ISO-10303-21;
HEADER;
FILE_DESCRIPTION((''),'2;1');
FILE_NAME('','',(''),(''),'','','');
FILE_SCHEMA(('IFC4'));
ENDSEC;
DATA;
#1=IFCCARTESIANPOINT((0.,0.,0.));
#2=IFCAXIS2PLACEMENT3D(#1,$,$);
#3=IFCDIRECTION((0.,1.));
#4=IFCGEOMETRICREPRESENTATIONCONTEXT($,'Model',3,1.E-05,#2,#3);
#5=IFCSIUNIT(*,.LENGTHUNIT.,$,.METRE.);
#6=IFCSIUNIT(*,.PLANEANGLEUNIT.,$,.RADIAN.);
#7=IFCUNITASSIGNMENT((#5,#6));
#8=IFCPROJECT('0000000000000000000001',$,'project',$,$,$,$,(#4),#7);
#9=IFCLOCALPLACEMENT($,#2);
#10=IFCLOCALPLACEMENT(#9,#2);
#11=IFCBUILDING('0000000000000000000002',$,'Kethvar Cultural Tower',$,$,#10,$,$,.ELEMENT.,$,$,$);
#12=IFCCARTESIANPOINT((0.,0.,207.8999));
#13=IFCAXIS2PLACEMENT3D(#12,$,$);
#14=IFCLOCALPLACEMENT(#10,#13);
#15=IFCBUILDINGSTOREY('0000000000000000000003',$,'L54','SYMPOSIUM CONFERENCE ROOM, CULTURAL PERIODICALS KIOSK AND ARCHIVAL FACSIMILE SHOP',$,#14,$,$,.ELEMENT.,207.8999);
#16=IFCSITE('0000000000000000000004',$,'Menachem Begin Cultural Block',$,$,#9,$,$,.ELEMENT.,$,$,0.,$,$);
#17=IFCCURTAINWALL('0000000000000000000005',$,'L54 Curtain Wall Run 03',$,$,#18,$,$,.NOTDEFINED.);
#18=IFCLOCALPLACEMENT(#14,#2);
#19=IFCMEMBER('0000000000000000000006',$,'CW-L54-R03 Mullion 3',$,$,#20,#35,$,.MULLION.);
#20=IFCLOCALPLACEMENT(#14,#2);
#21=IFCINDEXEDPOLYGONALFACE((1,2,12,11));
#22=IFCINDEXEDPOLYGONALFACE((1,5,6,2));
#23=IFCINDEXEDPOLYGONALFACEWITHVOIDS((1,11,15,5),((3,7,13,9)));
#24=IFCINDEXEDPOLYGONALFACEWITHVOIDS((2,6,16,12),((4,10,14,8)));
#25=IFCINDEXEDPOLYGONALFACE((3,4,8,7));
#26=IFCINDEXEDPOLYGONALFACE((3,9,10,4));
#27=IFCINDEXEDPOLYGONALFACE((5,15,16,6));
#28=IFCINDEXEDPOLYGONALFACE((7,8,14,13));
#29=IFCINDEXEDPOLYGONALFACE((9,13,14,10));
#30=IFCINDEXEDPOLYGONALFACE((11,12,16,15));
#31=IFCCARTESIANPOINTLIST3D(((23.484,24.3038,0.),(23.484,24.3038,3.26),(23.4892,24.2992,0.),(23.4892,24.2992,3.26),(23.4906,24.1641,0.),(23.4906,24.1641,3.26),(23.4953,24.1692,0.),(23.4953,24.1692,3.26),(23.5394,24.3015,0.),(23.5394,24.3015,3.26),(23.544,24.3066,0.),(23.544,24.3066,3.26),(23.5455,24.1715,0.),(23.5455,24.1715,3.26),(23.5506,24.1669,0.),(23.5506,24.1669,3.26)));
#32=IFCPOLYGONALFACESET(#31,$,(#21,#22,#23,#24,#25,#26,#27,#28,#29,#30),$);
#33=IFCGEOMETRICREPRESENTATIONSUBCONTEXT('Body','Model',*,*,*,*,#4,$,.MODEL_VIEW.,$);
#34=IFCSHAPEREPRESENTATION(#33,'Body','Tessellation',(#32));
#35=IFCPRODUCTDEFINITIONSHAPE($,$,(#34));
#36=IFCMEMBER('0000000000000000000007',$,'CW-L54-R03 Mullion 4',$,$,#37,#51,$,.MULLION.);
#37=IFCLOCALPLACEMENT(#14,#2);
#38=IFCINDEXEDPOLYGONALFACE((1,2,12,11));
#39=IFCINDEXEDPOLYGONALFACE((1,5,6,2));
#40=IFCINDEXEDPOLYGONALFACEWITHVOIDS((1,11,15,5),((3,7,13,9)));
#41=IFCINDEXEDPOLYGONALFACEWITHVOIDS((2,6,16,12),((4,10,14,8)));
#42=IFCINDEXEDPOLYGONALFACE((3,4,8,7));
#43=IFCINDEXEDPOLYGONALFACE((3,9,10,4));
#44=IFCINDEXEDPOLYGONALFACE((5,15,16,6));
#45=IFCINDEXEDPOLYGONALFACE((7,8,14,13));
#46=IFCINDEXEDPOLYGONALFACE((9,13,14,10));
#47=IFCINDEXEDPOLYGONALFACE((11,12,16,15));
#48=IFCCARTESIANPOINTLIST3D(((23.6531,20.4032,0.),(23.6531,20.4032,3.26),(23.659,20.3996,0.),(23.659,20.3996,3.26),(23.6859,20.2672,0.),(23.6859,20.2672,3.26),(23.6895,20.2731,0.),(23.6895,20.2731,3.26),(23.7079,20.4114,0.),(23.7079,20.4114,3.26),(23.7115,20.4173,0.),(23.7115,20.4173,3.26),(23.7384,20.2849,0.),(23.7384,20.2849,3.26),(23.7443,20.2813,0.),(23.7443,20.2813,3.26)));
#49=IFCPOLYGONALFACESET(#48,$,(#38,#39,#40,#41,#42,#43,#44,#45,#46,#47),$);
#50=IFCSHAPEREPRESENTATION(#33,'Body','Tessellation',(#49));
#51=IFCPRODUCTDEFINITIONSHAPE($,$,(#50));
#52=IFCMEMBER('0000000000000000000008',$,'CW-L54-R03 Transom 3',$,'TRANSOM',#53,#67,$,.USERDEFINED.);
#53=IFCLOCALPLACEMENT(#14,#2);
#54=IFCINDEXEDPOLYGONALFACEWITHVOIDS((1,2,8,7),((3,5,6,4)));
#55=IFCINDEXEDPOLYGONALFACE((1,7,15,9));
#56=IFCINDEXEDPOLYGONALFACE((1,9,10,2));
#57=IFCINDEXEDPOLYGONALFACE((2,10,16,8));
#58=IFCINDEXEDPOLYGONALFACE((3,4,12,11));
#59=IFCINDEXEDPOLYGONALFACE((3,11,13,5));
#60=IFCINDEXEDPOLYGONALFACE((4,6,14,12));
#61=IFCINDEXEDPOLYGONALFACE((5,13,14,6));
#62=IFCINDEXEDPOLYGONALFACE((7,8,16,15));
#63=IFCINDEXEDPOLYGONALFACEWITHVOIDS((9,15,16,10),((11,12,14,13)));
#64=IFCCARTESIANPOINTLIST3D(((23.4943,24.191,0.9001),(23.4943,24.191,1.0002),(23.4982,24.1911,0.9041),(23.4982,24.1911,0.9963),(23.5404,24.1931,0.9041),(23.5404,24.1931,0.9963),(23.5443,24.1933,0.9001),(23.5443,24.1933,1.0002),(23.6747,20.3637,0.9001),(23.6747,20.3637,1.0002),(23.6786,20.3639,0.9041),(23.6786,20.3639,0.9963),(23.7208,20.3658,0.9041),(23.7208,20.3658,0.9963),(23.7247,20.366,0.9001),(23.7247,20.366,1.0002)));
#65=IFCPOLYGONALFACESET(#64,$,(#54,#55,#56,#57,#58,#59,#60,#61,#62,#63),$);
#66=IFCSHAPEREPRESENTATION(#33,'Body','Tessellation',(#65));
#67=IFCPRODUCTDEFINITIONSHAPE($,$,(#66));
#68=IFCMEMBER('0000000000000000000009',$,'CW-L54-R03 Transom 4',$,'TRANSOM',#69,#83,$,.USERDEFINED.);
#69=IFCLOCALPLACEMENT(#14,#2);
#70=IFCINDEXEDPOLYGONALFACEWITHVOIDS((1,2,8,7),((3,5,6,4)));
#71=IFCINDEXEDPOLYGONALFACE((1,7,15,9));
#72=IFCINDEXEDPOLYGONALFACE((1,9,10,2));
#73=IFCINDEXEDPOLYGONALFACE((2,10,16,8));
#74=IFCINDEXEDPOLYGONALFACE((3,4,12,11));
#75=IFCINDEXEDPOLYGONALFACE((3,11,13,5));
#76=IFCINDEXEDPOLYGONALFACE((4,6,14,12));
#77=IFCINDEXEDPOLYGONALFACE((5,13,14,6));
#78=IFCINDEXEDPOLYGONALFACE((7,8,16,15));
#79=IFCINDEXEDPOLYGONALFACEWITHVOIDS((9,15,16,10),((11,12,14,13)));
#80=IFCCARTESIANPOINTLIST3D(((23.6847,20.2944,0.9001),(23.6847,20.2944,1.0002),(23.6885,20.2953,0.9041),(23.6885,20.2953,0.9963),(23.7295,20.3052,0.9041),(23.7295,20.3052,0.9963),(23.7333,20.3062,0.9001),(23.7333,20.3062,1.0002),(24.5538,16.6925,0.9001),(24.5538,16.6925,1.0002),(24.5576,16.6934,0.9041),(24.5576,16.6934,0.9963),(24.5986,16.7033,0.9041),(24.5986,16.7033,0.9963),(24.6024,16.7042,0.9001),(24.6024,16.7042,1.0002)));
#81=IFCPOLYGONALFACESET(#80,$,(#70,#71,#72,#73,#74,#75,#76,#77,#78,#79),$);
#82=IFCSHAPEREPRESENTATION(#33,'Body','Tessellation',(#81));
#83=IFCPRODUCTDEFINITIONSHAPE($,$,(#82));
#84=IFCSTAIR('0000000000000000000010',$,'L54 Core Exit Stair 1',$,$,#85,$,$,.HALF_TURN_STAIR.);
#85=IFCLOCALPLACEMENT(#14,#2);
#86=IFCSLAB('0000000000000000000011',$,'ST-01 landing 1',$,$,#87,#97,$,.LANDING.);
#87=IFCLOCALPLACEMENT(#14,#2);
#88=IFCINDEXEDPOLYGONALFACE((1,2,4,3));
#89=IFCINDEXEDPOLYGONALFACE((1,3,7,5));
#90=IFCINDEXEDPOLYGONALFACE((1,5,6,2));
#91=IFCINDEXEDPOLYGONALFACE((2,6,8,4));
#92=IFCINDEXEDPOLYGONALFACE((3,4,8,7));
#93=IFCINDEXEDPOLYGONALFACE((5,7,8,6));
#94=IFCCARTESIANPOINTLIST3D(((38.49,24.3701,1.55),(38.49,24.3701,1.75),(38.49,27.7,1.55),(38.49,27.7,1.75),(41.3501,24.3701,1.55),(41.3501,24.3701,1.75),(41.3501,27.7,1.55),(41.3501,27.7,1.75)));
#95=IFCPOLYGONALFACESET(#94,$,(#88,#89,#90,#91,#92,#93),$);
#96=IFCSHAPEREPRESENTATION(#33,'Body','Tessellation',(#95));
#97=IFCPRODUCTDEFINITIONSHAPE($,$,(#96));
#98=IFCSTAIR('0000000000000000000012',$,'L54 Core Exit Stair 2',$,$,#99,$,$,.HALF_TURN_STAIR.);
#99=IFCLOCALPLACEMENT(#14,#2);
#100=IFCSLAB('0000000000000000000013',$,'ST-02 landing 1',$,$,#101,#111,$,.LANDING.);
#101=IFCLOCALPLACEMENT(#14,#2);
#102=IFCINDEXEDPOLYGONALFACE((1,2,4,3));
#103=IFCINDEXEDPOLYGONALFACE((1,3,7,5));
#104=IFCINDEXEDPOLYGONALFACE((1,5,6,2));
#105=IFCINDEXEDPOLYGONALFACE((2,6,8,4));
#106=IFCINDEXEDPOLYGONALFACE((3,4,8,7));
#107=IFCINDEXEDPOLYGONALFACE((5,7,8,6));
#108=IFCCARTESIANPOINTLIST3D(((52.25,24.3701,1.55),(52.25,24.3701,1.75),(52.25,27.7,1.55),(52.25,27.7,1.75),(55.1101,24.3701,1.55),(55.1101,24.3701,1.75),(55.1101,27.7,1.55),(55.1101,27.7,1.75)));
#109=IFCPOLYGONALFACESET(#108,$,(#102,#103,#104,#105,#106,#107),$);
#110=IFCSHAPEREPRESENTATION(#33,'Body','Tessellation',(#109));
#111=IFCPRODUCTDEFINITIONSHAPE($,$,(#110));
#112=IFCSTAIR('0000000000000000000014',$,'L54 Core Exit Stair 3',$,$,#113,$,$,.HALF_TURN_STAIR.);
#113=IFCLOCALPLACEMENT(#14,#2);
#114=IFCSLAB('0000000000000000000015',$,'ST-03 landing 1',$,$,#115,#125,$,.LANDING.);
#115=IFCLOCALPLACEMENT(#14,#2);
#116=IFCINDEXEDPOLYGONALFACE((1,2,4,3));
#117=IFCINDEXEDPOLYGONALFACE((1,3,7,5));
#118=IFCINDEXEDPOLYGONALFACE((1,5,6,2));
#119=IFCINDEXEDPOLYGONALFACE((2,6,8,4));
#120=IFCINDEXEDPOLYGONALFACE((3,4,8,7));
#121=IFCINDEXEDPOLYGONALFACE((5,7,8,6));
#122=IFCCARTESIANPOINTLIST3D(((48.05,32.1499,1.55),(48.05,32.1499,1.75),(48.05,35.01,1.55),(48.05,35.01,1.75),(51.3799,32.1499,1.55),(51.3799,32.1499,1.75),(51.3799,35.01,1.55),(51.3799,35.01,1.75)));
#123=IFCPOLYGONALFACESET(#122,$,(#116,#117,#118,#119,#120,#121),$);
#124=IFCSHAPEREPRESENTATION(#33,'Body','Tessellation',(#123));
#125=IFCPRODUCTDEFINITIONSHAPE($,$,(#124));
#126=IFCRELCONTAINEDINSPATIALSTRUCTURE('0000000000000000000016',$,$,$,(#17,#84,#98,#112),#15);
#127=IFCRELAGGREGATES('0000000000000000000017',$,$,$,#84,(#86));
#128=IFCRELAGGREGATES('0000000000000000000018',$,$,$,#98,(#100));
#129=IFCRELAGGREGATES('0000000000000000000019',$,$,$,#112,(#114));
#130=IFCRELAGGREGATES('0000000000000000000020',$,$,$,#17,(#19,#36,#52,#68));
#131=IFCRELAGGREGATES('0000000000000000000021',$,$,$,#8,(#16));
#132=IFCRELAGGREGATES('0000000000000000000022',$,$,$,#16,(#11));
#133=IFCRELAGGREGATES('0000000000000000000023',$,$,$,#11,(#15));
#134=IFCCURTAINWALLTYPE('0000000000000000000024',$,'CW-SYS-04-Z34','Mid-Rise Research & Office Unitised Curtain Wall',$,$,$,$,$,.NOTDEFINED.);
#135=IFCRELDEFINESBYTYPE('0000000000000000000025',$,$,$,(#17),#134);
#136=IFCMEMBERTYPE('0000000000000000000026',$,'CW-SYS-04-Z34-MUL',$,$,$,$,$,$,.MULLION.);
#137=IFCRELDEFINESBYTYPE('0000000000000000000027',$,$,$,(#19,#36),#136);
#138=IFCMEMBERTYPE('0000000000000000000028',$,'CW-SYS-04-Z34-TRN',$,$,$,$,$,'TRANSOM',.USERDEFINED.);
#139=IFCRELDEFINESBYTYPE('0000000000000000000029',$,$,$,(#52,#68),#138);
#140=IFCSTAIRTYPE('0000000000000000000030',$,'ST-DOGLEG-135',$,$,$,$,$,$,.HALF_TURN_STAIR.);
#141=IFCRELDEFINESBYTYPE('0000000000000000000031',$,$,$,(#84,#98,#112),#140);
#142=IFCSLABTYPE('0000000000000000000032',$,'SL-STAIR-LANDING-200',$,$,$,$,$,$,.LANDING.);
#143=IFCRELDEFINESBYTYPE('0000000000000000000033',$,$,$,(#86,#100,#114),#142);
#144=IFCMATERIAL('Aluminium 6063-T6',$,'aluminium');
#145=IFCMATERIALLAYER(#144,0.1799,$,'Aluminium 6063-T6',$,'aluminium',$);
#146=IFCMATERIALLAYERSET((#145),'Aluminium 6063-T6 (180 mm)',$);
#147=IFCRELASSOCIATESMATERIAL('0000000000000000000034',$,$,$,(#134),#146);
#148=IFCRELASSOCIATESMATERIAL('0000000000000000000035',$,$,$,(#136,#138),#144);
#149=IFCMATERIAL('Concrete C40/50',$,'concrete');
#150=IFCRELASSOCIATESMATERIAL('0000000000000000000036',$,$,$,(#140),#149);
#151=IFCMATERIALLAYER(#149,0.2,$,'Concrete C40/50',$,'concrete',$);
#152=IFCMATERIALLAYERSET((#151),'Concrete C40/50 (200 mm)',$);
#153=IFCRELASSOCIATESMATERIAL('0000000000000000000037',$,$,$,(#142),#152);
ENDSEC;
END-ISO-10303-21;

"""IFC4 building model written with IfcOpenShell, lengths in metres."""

from ifc_helpers import new_model, si_unit, direction, frame, origin, origin_2d, place, context, subcontext, project, spatial, polyline, hollow_rectangle, outline, extrude, source, transform, mapped, material, layer, layer_set, material_profile, profile_set, type_object, element, aggregate, save


model = new_model("IFC4")

# Units and contexts
model_context = context("Model", 3, precision=1e-05, world=origin(), true_north=direction((0.0, 1.0)))
body_context = subcontext(model_context, "Body", "Model", "MODEL_VIEW")
ifc_project = project(units=[si_unit("LENGTHUNIT", "METRE"), si_unit("PLANEANGLEUNIT", "RADIAN")], contexts=[model_context])

# Site, building, storey
site_placement = place(None, origin())
site = spatial("IfcSite", under=ifc_project, at=site_placement, Name="Menachem Begin Cultural Block", CompositionType="ELEMENT", RefElevation=0.0)
building_placement = place(site_placement, origin())
building = spatial("IfcBuilding", under=site, at=building_placement, Name="Kethvar Cultural Tower", CompositionType="ELEMENT")
storey_placement = place(building_placement, frame((0.0, 0.0, 207.8999)))
storey = spatial("IfcBuildingStorey", under=building, at=storey_placement, Name="L54", Description="SYMPOSIUM CONFERENCE ROOM, CULTURAL PERIODICALS KIOSK AND ARCHIVAL FACSIMILE SHOP", CompositionType="ELEMENT", Elevation=207.8999)

# Curtain wall, members
ifc_material_1 = material(Name="Aluminium 6063-T6", Category="aluminium")
ifc_layer_1 = layer(ifc_material_1, 0.1799, Name="Aluminium 6063-T6", Category="aluminium")
ifc_layer_set_1 = layer_set([ifc_layer_1], Name="Aluminium 6063-T6 (180 mm)")
curtain_wall_type = type_object("IfcCurtainWallType", Name="CW-SYS-04-Z34", Description="Mid-Rise Research & Office Unitised Curtain Wall", PredefinedType="NOTDEFINED", material=ifc_layer_set_1)
curtain_wall_placement = place(storey_placement, origin())
curtain_wall = element("IfcCurtainWall", 1, at=curtain_wall_placement, inside=storey, type_object=curtain_wall_type, Name="L54 Curtain Wall Run 03", PredefinedType="NOTDEFINED")
ifc_material_profile_1 = material_profile(ifc_material_1, hollow_rectangle(XDim=0.0601, YDim=0.1399, WallThickness=0.0049, at=origin_2d()), Name="Aluminium 6063-T6 — RHS140x60x5")
ifc_profile_set_1 = profile_set([ifc_material_profile_1], Name="Aluminium 6063-T6 — RHS140x60x5")
member_type_1 = type_object("IfcMemberType", Name="CW-SYS-04-Z34-MUL", PredefinedType="MULLION", material=ifc_profile_set_1)
shared_shape_1 = source(origin(), body_context, "Body", "SweptSolid", [
    extrude(hollow_rectangle(XDim=0.0601, YDim=0.1399, WallThickness=0.0049, at=origin_2d()), origin(), (0.0, 0.0, 1.0), 3.26),
])
member_1_placement = place(storey_placement, frame((23.5173, 24.2354, 0.0), z_axis=(0.0, 0.0, 1.0), x_axis=(0.998892, 0.047072, 0.0)))
member_1 = element("IfcMember", 2, at=member_1_placement, type_object=member_type_1, Name="CW-L54-R03 Mullion 3", PredefinedType="MULLION", context=body_context, shape_type="MappedRepresentation", body=[
    mapped(shared_shape_1, transform((0.0, 0.0, 0.0), scale=1.0)),
])
member_2_placement = place(storey_placement, frame((23.6987, 20.3423, 0.0), z_axis=(0.0, 0.0, 1.0), x_axis=(0.972096, 0.234582, 0.0)))
member_2 = element("IfcMember", 3, at=member_2_placement, type_object=member_type_1, Name="CW-L54-R03 Mullion 4", PredefinedType="MULLION", context=body_context, shape_type="MappedRepresentation", body=[
    mapped(shared_shape_1, transform((0.0, 0.0, 0.0), scale=1.0)),
])
ifc_material_profile_2 = material_profile(ifc_material_1, hollow_rectangle(XDim=0.05, YDim=0.1001, WallThickness=0.0039, at=origin_2d()), Name="Aluminium 6063-T6 — RHS100x50x4")
ifc_profile_set_2 = profile_set([ifc_material_profile_2], Name="Aluminium 6063-T6 — RHS100x50x4")
member_type_2 = type_object("IfcMemberType", Name="CW-SYS-04-Z34-TRN", ElementType="TRANSOM", PredefinedType="USERDEFINED", material=ifc_profile_set_2)
shared_shape_2 = source(origin(), body_context, "Body", "SweptSolid", [
    extrude(hollow_rectangle(XDim=0.05, YDim=0.1001, WallThickness=0.0039, at=origin_2d()), origin(), (0.0, 0.0, 1.0), 3.8315),
])
member_3_placement = place(storey_placement, frame((23.5193, 24.1921, 0.9502), z_axis=(0.047087, -0.998891, 0.0), x_axis=(0.998891, 0.047087, 0.0)))
member_3 = element("IfcMember", 4, at=member_3_placement, type_object=member_type_2, Name="CW-L54-R03 Transom 3", ObjectType="TRANSOM", PredefinedType="USERDEFINED", context=body_context, shape_type="MappedRepresentation", body=[
    mapped(shared_shape_2, transform((0.0, 0.0, 0.0), scale=1.0)),
])
shared_shape_3 = source(origin(), body_context, "Body", "SweptSolid", [
    extrude(hollow_rectangle(XDim=0.05, YDim=0.1001, WallThickness=0.0039, at=origin_2d()), origin(), (0.0, 0.0, 1.0), 3.7053),
])
member_4_placement = place(storey_placement, frame((23.709, 20.3003, 0.9502), z_axis=(0.234559, -0.972102, 0.0), x_axis=(0.972102, 0.234559, 0.0)))
member_4 = element("IfcMember", 5, at=member_4_placement, type_object=member_type_2, Name="CW-L54-R03 Transom 4", ObjectType="TRANSOM", PredefinedType="USERDEFINED", context=body_context, shape_type="MappedRepresentation", body=[
    mapped(shared_shape_3, transform((0.0, 0.0, 0.0), scale=1.0)),
])

# Stairs, slabs
ifc_material_2 = material(Name="Concrete C40/50", Category="concrete")
stair_type = type_object("IfcStairType", Name="ST-DOGLEG-135", PredefinedType="HALF_TURN_STAIR", material=ifc_material_2)
stair_1_placement = place(storey_placement, origin())
stair_1 = element("IfcStair", 6, at=stair_1_placement, inside=storey, type_object=stair_type, Name="L54 Core Exit Stair 1", PredefinedType="HALF_TURN_STAIR")
ifc_layer_2 = layer(ifc_material_2, 0.2, Name="Concrete C40/50", Category="concrete")
ifc_layer_set_2 = layer_set([ifc_layer_2], Name="Concrete C40/50 (200 mm)")
slab_type_1 = type_object("IfcSlabType", Name="SL-STAIR-LANDING-200", PredefinedType="LANDING", material=ifc_layer_set_2)
slab_1_placement = place(storey_placement, frame((0.0, 0.0, 1.55)))
slab_1 = element("IfcSlab", 7, at=slab_1_placement, type_object=slab_type_1, Name="ST-01 landing 1", PredefinedType="LANDING", context=body_context, shape_type="SweptSolid", body=[
    extrude(outline(polyline([(41.3501, 24.3701), (41.3501, 27.7), (38.49, 27.7), (38.49, 24.3701), (41.3501, 24.3701)])), origin(), (0.0, 0.0, 1.0), 0.2),
])
aggregate(stair_1, [slab_1])
stair_2_placement = place(storey_placement, origin())
stair_2 = element("IfcStair", 8, at=stair_2_placement, inside=storey, type_object=stair_type, Name="L54 Core Exit Stair 2", PredefinedType="HALF_TURN_STAIR")
slab_2_placement = place(storey_placement, frame((0.0, 0.0, 1.55)))
slab_2 = element("IfcSlab", 9, at=slab_2_placement, type_object=slab_type_1, Name="ST-02 landing 1", PredefinedType="LANDING", context=body_context, shape_type="SweptSolid", body=[
    extrude(outline(polyline([(55.1101, 24.3701), (55.1101, 27.7), (52.25, 27.7), (52.25, 24.3701), (55.1101, 24.3701)])), origin(), (0.0, 0.0, 1.0), 0.2),
])
aggregate(stair_2, [slab_2])
stair_3_placement = place(storey_placement, origin())
stair_3 = element("IfcStair", 10, at=stair_3_placement, inside=storey, type_object=stair_type, Name="L54 Core Exit Stair 3", PredefinedType="HALF_TURN_STAIR")
slab_3_placement = place(storey_placement, frame((0.0, 0.0, 1.55)))
slab_3 = element("IfcSlab", 11, at=slab_3_placement, type_object=slab_type_1, Name="ST-03 landing 1", PredefinedType="LANDING", context=body_context, shape_type="SweptSolid", body=[
    extrude(outline(polyline([(51.3799, 35.01), (48.05, 35.01), (48.05, 32.1499), (51.3799, 32.1499), (51.3799, 35.01)])), origin(), (0.0, 0.0, 1.0), 0.2),
])
aggregate(stair_3, [slab_3])

aggregate(curtain_wall, [member_1, member_2, member_3, member_4])

save(model, "model.ifc")
